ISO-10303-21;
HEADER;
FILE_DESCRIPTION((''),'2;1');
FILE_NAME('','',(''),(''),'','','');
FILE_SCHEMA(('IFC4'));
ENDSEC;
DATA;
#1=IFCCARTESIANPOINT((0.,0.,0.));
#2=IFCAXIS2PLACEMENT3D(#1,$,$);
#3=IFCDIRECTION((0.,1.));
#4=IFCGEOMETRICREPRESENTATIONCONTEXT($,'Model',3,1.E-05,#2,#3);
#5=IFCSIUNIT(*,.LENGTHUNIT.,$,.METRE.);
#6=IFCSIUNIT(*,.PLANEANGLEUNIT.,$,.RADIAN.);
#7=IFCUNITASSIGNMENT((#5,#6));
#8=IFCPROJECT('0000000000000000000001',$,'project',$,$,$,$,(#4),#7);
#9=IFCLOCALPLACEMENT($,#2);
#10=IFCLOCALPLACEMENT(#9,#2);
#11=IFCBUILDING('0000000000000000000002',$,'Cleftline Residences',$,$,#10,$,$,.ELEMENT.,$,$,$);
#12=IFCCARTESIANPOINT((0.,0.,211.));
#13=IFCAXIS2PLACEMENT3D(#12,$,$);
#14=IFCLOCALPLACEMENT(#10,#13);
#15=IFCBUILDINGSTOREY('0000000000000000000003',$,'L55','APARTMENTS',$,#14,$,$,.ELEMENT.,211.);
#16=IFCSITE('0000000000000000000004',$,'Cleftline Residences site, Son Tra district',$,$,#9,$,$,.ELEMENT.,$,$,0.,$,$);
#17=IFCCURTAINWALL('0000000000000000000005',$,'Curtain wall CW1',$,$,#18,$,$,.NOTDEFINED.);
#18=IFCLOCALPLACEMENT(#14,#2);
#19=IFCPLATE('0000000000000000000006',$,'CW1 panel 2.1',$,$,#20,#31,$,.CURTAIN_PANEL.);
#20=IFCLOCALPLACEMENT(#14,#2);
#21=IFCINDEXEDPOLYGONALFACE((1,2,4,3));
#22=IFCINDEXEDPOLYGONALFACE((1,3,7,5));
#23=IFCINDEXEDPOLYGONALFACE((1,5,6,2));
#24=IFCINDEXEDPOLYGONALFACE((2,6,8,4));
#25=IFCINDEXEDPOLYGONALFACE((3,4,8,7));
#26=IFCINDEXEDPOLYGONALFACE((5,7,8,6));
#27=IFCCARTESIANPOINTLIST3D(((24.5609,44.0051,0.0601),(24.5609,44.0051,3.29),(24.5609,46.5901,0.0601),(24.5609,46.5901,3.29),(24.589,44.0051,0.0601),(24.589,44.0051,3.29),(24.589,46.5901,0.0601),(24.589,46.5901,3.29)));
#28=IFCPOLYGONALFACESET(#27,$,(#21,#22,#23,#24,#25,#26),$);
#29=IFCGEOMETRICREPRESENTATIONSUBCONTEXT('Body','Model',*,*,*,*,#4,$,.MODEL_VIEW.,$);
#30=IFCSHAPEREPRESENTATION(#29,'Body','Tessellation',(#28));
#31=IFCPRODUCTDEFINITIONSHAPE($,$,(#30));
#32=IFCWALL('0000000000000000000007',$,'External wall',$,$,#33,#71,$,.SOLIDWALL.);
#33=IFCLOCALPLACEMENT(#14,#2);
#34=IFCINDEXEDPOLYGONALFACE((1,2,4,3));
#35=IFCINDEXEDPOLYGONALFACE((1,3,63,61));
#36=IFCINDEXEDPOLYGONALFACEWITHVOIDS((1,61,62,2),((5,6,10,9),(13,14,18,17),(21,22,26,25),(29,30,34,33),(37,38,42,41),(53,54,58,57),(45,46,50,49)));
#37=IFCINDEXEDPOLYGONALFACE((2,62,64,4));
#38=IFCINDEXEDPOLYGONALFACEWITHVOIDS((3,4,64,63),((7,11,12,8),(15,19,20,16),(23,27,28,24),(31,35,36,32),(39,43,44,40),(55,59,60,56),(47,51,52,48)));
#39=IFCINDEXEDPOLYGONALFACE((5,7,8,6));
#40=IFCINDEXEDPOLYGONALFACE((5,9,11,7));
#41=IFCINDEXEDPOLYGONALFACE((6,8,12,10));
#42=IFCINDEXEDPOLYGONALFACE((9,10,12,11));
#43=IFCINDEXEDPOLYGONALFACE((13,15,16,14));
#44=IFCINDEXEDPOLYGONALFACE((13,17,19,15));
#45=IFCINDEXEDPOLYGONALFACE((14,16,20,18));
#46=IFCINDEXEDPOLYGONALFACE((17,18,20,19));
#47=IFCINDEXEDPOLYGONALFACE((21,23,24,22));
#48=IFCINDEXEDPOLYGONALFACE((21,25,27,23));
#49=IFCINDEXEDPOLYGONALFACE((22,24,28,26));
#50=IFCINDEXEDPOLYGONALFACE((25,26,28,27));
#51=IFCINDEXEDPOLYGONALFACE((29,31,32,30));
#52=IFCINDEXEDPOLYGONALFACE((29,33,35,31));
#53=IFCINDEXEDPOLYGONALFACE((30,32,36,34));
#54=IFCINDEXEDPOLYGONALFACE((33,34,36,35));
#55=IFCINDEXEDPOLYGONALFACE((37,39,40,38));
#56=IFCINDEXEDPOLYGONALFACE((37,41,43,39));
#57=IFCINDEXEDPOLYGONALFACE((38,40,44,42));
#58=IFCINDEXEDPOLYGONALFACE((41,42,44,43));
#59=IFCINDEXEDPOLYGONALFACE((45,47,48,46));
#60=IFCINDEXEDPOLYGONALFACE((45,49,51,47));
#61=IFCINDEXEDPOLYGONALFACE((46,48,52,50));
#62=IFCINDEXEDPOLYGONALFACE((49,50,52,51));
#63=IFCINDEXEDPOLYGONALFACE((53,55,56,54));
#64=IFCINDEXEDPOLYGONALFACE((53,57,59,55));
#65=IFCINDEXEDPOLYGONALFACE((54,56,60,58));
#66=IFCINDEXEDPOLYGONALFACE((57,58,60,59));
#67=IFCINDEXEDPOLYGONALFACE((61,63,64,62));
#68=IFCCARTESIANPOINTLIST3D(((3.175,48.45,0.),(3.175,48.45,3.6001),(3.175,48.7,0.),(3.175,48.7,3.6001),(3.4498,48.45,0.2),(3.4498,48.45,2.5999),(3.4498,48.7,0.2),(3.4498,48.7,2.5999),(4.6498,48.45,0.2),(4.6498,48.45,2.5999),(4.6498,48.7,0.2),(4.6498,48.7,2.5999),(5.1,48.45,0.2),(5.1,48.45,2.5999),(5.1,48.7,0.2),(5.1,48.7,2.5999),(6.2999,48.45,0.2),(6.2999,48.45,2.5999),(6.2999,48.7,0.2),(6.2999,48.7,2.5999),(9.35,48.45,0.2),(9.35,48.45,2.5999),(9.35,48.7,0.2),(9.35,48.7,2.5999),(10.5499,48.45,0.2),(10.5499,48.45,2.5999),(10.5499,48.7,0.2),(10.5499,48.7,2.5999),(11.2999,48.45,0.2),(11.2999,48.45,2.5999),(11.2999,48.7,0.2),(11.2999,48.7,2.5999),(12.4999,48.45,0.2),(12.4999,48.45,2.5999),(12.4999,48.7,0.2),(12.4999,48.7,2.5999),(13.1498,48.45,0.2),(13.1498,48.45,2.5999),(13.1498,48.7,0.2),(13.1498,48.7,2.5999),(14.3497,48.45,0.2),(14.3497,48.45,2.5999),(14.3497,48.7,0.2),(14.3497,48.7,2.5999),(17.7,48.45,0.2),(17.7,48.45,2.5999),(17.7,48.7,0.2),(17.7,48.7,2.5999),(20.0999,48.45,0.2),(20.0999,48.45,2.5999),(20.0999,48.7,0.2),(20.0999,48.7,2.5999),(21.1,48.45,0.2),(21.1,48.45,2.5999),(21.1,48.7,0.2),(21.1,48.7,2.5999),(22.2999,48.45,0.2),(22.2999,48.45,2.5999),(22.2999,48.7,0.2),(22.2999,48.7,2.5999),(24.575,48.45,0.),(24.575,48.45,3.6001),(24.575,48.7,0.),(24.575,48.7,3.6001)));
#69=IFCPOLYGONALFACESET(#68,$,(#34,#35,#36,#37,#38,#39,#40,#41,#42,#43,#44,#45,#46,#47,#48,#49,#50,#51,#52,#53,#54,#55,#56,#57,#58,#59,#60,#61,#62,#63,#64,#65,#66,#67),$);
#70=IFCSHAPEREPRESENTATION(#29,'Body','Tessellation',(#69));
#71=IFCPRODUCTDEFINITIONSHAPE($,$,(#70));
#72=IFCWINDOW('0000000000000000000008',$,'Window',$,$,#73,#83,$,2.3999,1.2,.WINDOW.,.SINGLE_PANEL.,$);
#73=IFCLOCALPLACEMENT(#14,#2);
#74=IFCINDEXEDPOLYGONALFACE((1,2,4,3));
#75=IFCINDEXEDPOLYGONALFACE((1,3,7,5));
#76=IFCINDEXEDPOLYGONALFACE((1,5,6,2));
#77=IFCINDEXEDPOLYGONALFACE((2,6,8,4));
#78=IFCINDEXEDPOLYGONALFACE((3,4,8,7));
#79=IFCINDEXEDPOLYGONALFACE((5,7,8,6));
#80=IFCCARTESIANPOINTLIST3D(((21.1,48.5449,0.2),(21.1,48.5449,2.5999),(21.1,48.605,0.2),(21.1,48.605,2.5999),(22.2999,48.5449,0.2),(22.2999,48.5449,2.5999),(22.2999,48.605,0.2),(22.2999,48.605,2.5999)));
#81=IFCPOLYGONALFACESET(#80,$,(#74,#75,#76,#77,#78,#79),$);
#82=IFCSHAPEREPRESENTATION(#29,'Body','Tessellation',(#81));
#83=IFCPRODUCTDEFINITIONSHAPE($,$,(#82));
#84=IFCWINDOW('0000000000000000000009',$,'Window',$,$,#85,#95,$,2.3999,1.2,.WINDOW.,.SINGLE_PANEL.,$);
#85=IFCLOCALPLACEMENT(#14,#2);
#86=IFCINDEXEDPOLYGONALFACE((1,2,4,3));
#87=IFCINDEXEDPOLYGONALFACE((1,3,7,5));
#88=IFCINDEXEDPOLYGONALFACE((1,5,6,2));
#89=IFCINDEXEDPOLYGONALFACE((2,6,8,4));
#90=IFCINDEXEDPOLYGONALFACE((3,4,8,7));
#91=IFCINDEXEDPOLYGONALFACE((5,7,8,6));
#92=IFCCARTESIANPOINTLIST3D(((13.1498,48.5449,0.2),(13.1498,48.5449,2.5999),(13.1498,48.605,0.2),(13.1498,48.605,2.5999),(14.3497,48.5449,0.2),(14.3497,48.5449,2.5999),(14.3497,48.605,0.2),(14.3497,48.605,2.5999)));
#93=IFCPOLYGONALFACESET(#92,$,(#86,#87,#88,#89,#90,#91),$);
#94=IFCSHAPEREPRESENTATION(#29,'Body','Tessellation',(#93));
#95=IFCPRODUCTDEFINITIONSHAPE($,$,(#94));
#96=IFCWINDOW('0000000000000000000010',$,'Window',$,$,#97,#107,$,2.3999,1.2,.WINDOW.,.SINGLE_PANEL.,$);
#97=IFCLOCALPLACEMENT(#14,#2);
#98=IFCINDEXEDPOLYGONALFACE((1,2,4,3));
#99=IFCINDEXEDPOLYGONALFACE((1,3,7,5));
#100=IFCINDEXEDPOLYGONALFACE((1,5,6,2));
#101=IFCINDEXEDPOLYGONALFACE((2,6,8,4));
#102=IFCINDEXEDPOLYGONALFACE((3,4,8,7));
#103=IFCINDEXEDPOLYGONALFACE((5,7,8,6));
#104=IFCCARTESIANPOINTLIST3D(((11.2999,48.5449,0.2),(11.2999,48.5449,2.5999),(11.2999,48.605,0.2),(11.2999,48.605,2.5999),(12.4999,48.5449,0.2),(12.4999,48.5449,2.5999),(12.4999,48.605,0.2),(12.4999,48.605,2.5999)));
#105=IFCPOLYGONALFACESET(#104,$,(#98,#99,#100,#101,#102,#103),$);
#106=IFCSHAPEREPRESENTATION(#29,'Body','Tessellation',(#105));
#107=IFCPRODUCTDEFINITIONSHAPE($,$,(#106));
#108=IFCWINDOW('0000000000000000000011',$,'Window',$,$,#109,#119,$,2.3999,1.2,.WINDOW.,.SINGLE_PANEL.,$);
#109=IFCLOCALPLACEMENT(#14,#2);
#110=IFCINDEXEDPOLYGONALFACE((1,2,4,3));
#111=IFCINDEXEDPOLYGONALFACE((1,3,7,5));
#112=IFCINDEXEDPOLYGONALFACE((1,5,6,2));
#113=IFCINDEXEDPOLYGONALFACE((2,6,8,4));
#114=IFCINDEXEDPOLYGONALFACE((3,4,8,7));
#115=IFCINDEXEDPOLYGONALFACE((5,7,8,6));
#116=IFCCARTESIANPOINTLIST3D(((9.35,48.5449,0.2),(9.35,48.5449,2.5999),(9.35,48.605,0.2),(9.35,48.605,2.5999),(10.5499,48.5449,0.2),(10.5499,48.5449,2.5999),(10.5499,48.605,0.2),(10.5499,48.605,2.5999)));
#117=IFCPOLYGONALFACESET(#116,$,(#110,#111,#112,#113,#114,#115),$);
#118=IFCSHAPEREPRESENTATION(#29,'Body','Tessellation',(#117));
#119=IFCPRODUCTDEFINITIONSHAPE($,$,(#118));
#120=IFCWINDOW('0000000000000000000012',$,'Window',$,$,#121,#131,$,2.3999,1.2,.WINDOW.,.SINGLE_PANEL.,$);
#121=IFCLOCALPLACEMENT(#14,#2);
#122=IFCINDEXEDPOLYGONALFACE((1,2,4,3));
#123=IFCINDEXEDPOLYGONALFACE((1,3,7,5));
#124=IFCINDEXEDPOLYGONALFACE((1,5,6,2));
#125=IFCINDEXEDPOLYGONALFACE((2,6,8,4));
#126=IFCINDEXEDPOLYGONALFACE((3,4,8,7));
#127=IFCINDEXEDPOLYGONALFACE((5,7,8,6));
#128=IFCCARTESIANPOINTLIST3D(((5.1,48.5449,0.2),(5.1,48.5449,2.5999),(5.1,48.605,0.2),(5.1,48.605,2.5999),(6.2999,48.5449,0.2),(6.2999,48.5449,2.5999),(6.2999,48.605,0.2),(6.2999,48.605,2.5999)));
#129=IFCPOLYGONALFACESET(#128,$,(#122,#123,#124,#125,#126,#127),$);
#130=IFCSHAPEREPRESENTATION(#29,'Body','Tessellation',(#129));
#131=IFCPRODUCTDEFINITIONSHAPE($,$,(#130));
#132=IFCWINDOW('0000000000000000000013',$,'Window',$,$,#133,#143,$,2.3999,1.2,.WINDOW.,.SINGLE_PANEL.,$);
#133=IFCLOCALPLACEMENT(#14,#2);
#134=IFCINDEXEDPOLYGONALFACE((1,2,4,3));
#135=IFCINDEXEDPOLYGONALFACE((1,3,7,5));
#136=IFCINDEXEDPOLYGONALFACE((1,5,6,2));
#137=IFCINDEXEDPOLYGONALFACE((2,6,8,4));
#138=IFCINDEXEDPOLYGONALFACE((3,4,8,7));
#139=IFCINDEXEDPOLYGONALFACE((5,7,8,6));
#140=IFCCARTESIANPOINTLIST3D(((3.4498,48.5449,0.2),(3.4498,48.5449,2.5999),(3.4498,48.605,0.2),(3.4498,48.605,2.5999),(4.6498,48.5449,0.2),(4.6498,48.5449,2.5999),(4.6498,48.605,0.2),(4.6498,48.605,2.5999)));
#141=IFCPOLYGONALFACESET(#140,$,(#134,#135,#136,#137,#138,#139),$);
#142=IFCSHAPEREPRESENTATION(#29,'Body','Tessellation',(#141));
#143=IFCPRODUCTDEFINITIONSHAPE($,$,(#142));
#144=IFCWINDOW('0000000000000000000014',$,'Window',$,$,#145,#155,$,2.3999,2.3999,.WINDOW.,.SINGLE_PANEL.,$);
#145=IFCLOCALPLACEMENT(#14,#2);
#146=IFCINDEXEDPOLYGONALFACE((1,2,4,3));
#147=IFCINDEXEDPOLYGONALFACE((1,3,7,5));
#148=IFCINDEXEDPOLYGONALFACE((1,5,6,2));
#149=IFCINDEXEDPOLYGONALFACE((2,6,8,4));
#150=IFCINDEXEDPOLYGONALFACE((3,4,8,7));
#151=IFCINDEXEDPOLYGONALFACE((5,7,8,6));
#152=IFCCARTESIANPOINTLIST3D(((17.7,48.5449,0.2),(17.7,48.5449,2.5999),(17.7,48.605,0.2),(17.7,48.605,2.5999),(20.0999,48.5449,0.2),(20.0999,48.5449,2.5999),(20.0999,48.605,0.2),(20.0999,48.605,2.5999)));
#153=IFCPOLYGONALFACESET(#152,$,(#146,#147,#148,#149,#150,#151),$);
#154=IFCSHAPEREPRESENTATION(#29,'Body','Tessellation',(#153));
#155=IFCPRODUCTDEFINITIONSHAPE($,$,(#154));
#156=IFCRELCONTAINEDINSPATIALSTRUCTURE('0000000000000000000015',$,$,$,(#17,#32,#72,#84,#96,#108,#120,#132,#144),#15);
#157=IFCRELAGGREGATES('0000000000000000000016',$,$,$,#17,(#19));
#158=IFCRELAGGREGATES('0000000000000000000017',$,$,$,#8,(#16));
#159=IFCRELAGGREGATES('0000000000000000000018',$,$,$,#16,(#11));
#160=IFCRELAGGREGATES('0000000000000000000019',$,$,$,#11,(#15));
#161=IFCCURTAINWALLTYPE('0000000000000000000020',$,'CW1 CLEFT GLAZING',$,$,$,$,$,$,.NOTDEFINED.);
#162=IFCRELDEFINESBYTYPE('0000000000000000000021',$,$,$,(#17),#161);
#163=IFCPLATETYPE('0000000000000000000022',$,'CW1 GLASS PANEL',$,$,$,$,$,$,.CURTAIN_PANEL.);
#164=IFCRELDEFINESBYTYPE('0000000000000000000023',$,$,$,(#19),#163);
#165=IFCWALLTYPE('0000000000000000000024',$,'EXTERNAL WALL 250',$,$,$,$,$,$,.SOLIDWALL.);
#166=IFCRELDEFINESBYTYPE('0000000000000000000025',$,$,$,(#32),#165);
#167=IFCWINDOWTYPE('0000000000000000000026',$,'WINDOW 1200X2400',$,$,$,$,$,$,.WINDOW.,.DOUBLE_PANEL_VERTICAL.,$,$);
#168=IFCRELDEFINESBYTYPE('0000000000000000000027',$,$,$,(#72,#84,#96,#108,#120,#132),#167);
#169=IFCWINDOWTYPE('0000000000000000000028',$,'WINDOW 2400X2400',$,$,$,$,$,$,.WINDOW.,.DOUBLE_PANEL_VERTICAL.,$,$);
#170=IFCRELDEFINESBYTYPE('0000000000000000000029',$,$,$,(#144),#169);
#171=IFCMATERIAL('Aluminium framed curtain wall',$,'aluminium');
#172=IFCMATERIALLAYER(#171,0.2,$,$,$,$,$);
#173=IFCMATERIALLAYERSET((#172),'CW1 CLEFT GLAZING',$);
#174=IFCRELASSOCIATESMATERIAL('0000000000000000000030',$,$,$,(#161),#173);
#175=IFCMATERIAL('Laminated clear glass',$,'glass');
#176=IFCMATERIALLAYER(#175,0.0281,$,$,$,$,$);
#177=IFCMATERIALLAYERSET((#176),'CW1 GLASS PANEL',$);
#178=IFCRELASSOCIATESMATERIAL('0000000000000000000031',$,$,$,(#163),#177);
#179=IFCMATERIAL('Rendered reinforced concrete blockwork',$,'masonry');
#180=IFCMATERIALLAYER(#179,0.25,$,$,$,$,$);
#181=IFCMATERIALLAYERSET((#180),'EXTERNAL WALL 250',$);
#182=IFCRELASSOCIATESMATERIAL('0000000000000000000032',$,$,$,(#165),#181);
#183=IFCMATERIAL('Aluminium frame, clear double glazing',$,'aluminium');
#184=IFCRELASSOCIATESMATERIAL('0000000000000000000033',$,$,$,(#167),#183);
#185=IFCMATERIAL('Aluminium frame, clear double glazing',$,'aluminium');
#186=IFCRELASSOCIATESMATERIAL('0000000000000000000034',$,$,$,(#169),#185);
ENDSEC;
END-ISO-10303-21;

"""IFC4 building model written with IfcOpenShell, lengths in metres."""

from ifc_helpers import new_model, si_unit, direction, frame, frame_2d, origin, origin_2d, place, context, subcontext, project, spatial, rectangle, extrude, material, layer, layer_set, type_object, element, fill, aggregate, save


model = new_model("IFC4")

# Units and contexts
model_context = context("Model", 3, precision=1e-05, world=origin(), true_north=direction((0.0, 1.0)))
body_context = subcontext(model_context, "Body", "Model", "MODEL_VIEW")
ifc_project = project(units=[si_unit("LENGTHUNIT", "METRE"), si_unit("PLANEANGLEUNIT", "RADIAN")], contexts=[model_context])

# Site, building, storey
site_placement = place(None, origin())
site = spatial("IfcSite", under=ifc_project, at=site_placement, Name="Cleftline Residences site, Son Tra district", CompositionType="ELEMENT", RefElevation=0.0)
building_placement = place(site_placement, origin())
building = spatial("IfcBuilding", under=site, at=building_placement, Name="Cleftline Residences", CompositionType="ELEMENT")
storey_placement = place(building_placement, frame((0.0, 0.0, 211.0)))
storey = spatial("IfcBuildingStorey", under=building, at=storey_placement, Name="L55", Description="APARTMENTS", CompositionType="ELEMENT", Elevation=211.0)

# Curtain wall, plate
ifc_material_1 = material(Name="Aluminium framed curtain wall", Category="aluminium")
ifc_layer_1 = layer(ifc_material_1, 0.2)
ifc_layer_set_1 = layer_set([ifc_layer_1], Name="CW1 CLEFT GLAZING")
curtain_wall_type = type_object("IfcCurtainWallType", Name="CW1 CLEFT GLAZING", PredefinedType="NOTDEFINED", material=ifc_layer_set_1)
curtain_wall_placement = place(storey_placement, origin())
curtain_wall = element("IfcCurtainWall", 1, at=curtain_wall_placement, inside=storey, type_object=curtain_wall_type, Name="Curtain wall CW1", PredefinedType="NOTDEFINED")
ifc_material_2 = material(Name="Laminated clear glass", Category="glass")
ifc_layer_2 = layer(ifc_material_2, 0.0281)
ifc_layer_set_2 = layer_set([ifc_layer_2], Name="CW1 GLASS PANEL")
plate_type = type_object("IfcPlateType", Name="CW1 GLASS PANEL", PredefinedType="CURTAIN_PANEL", material=ifc_layer_set_2)
plate_1_placement = place(storey_placement, frame((24.575, 45.2976, 0.0601), z_axis=(0.0, 0.0, 1.0), x_axis=(0.0, 1.0, 0.0)))
plate_1 = element("IfcPlate", 2, at=plate_1_placement, type_object=plate_type, Name="CW1 panel 2.1", PredefinedType="CURTAIN_PANEL", context=body_context, shape_type="SweptSolid", body=[
    extrude(rectangle(XDim=2.585, YDim=0.0281, at=origin_2d()), origin(), (0.0, 0.0, 1.0), 3.23),
])
aggregate(curtain_wall, [plate_1])

# Wall, openings, windows
ifc_material_3 = material(Name="Rendered reinforced concrete blockwork", Category="masonry")
ifc_layer_3 = layer(ifc_material_3, 0.25)
ifc_layer_set_3 = layer_set([ifc_layer_3], Name="EXTERNAL WALL 250")
wall_type = type_object("IfcWallType", Name="EXTERNAL WALL 250", PredefinedType="SOLIDWALL", material=ifc_layer_set_3)
wall_placement = place(storey_placement, frame((24.575, 48.575, 0.0), z_axis=(0.0, 0.0, 1.0), x_axis=(-1.0, 0.0, 0.0)))
wall = element("IfcWall", 3, at=wall_placement, inside=storey, type_object=wall_type, Name="External wall", PredefinedType="SOLIDWALL", context=body_context, shape_type="SweptSolid", body=[
    extrude(rectangle(XDim=21.3999, YDim=0.25, at=frame_2d((10.7, 0.0))), origin(), (0.0, 0.0, 1.0), 3.6001),
])
opening_1_placement = place(wall_placement, frame((2.2749, 0.0, 0.2)))
opening_1 = element("IfcOpeningElement", 4, at=opening_1_placement, cuts=wall, PredefinedType="OPENING", context=body_context, shape_type="SweptSolid", body=[
    extrude(rectangle(XDim=1.2, YDim=2.3999, at=frame_2d((0.6001, 1.2))), frame((0.0, 0.135, 0.0), z_axis=(0.0, -1.0, 0.0), x_axis=(1.0, 0.0, 0.0)), (0.0, 0.0, 1.0), 0.27),
])
opening_2_placement = place(wall_placement, frame((4.4751, 0.0, 0.2)))
opening_2 = element("IfcOpeningElement", 5, at=opening_2_placement, cuts=wall, PredefinedType="OPENING", context=body_context, shape_type="SweptSolid", body=[
    extrude(rectangle(XDim=2.3999, YDim=2.3999, at=frame_2d((1.2, 1.2))), frame((0.0, 0.135, 0.0), z_axis=(0.0, -1.0, 0.0), x_axis=(1.0, 0.0, 0.0)), (0.0, 0.0, 1.0), 0.27),
])
opening_3_placement = place(wall_placement, frame((10.2251, 0.0, 0.2)))
opening_3 = element("IfcOpeningElement", 6, at=opening_3_placement, cuts=wall, PredefinedType="OPENING", context=body_context, shape_type="SweptSolid", body=[
    extrude(rectangle(XDim=1.2, YDim=2.3999, at=frame_2d((0.6001, 1.2))), frame((0.0, 0.135, 0.0), z_axis=(0.0, -1.0, 0.0), x_axis=(1.0, 0.0, 0.0)), (0.0, 0.0, 1.0), 0.27),
])
opening_4_placement = place(wall_placement, frame((12.075, 0.0, 0.2)))
opening_4 = element("IfcOpeningElement", 7, at=opening_4_placement, cuts=wall, PredefinedType="OPENING", context=body_context, shape_type="SweptSolid", body=[
    extrude(rectangle(XDim=1.2, YDim=2.3999, at=frame_2d((0.6001, 1.2))), frame((0.0, 0.135, 0.0), z_axis=(0.0, -1.0, 0.0), x_axis=(1.0, 0.0, 0.0)), (0.0, 0.0, 1.0), 0.27),
])
opening_5_placement = place(wall_placement, frame((14.0249, 0.0, 0.2)))
opening_5 = element("IfcOpeningElement", 8, at=opening_5_placement, cuts=wall, PredefinedType="OPENING", context=body_context, shape_type="SweptSolid", body=[
    extrude(rectangle(XDim=1.2, YDim=2.3999, at=frame_2d((0.6001, 1.2))), frame((0.0, 0.135, 0.0), z_axis=(0.0, -1.0, 0.0), x_axis=(1.0, 0.0, 0.0)), (0.0, 0.0, 1.0), 0.27),
])
opening_6_placement = place(wall_placement, frame((18.2749, 0.0, 0.2)))
opening_6 = element("IfcOpeningElement", 9, at=opening_6_placement, cuts=wall, PredefinedType="OPENING", context=body_context, shape_type="SweptSolid", body=[
    extrude(rectangle(XDim=1.2, YDim=2.3999, at=frame_2d((0.6001, 1.2))), frame((0.0, 0.135, 0.0), z_axis=(0.0, -1.0, 0.0), x_axis=(1.0, 0.0, 0.0)), (0.0, 0.0, 1.0), 0.27),
])
opening_7_placement = place(wall_placement, frame((19.925, 0.0, 0.2)))
opening_7 = element("IfcOpeningElement", 10, at=opening_7_placement, cuts=wall, PredefinedType="OPENING", context=body_context, shape_type="SweptSolid", body=[
    extrude(rectangle(XDim=1.2, YDim=2.3999, at=frame_2d((0.6001, 1.2))), frame((0.0, 0.135, 0.0), z_axis=(0.0, -1.0, 0.0), x_axis=(1.0, 0.0, 0.0)), (0.0, 0.0, 1.0), 0.27),
])
ifc_material_4 = material(Name="Aluminium frame, clear double glazing", Category="aluminium")
window_type_1 = type_object("IfcWindowType", Name="WINDOW 1200X2400", PartitioningType="DOUBLE_PANEL_VERTICAL", PredefinedType="WINDOW", material=ifc_material_4)
window_1_placement = place(opening_1_placement, origin())
window_1 = element("IfcWindow", 11, at=window_1_placement, inside=storey, type_object=window_type_1, Name="Window", OverallHeight=2.3999, OverallWidth=1.2, PartitioningType="SINGLE_PANEL", PredefinedType="WINDOW", context=body_context, shape_type="SweptSolid", body=[
    extrude(rectangle(XDim=1.2, YDim=2.3999, at=frame_2d((0.6001, 1.2))), frame((0.0, 0.03, 0.0), z_axis=(0.0, -1.0, 0.0), x_axis=(1.0, 0.0, 0.0)), (0.0, 0.0, 1.0), 0.0601),
])
fill(opening_1, window_1)
window_2_placement = place(opening_3_placement, origin())
window_2 = element("IfcWindow", 12, at=window_2_placement, inside=storey, type_object=window_type_1, Name="Window", OverallHeight=2.3999, OverallWidth=1.2, PartitioningType="SINGLE_PANEL", PredefinedType="WINDOW", context=body_context, shape_type="SweptSolid", body=[
    extrude(rectangle(XDim=1.2, YDim=2.3999, at=frame_2d((0.6001, 1.2))), frame((0.0, 0.03, 0.0), z_axis=(0.0, -1.0, 0.0), x_axis=(1.0, 0.0, 0.0)), (0.0, 0.0, 1.0), 0.0601),
])
fill(opening_3, window_2)
window_3_placement = place(opening_4_placement, origin())
window_3 = element("IfcWindow", 13, at=window_3_placement, inside=storey, type_object=window_type_1, Name="Window", OverallHeight=2.3999, OverallWidth=1.2, PartitioningType="SINGLE_PANEL", PredefinedType="WINDOW", context=body_context, shape_type="SweptSolid", body=[
    extrude(rectangle(XDim=1.2, YDim=2.3999, at=frame_2d((0.6001, 1.2))), frame((0.0, 0.03, 0.0), z_axis=(0.0, -1.0, 0.0), x_axis=(1.0, 0.0, 0.0)), (0.0, 0.0, 1.0), 0.0601),
])
fill(opening_4, window_3)
window_4_placement = place(opening_5_placement, origin())
window_4 = element("IfcWindow", 14, at=window_4_placement, inside=storey, type_object=window_type_1, Name="Window", OverallHeight=2.3999, OverallWidth=1.2, PartitioningType="SINGLE_PANEL", PredefinedType="WINDOW", context=body_context, shape_type="SweptSolid", body=[
    extrude(rectangle(XDim=1.2, YDim=2.3999, at=frame_2d((0.6001, 1.2))), frame((0.0, 0.03, 0.0), z_axis=(0.0, -1.0, 0.0), x_axis=(1.0, 0.0, 0.0)), (0.0, 0.0, 1.0), 0.0601),
])
fill(opening_5, window_4)
window_5_placement = place(opening_6_placement, origin())
window_5 = element("IfcWindow", 15, at=window_5_placement, inside=storey, type_object=window_type_1, Name="Window", OverallHeight=2.3999, OverallWidth=1.2, PartitioningType="SINGLE_PANEL", PredefinedType="WINDOW", context=body_context, shape_type="SweptSolid", body=[
    extrude(rectangle(XDim=1.2, YDim=2.3999, at=frame_2d((0.6001, 1.2))), frame((0.0, 0.03, 0.0), z_axis=(0.0, -1.0, 0.0), x_axis=(1.0, 0.0, 0.0)), (0.0, 0.0, 1.0), 0.0601),
])
fill(opening_6, window_5)
window_6_placement = place(opening_7_placement, origin())
window_6 = element("IfcWindow", 16, at=window_6_placement, inside=storey, type_object=window_type_1, Name="Window", OverallHeight=2.3999, OverallWidth=1.2, PartitioningType="SINGLE_PANEL", PredefinedType="WINDOW", context=body_context, shape_type="SweptSolid", body=[
    extrude(rectangle(XDim=1.2, YDim=2.3999, at=frame_2d((0.6001, 1.2))), frame((0.0, 0.03, 0.0), z_axis=(0.0, -1.0, 0.0), x_axis=(1.0, 0.0, 0.0)), (0.0, 0.0, 1.0), 0.0601),
])
fill(opening_7, window_6)
ifc_material_5 = material(Name="Aluminium frame, clear double glazing", Category="aluminium")
window_type_2 = type_object("IfcWindowType", Name="WINDOW 2400X2400", PartitioningType="DOUBLE_PANEL_VERTICAL", PredefinedType="WINDOW", material=ifc_material_5)
window_7_placement = place(opening_2_placement, origin())
window_7 = element("IfcWindow", 17, at=window_7_placement, inside=storey, type_object=window_type_2, Name="Window", OverallHeight=2.3999, OverallWidth=2.3999, PartitioningType="SINGLE_PANEL", PredefinedType="WINDOW", context=body_context, shape_type="SweptSolid", body=[
    extrude(rectangle(XDim=2.3999, YDim=2.3999, at=frame_2d((1.2, 1.2))), frame((0.0, 0.03, 0.0), z_axis=(0.0, -1.0, 0.0), x_axis=(1.0, 0.0, 0.0)), (0.0, 0.0, 1.0), 0.0601),
])
fill(opening_2, window_7)

save(model, "model.ifc")
